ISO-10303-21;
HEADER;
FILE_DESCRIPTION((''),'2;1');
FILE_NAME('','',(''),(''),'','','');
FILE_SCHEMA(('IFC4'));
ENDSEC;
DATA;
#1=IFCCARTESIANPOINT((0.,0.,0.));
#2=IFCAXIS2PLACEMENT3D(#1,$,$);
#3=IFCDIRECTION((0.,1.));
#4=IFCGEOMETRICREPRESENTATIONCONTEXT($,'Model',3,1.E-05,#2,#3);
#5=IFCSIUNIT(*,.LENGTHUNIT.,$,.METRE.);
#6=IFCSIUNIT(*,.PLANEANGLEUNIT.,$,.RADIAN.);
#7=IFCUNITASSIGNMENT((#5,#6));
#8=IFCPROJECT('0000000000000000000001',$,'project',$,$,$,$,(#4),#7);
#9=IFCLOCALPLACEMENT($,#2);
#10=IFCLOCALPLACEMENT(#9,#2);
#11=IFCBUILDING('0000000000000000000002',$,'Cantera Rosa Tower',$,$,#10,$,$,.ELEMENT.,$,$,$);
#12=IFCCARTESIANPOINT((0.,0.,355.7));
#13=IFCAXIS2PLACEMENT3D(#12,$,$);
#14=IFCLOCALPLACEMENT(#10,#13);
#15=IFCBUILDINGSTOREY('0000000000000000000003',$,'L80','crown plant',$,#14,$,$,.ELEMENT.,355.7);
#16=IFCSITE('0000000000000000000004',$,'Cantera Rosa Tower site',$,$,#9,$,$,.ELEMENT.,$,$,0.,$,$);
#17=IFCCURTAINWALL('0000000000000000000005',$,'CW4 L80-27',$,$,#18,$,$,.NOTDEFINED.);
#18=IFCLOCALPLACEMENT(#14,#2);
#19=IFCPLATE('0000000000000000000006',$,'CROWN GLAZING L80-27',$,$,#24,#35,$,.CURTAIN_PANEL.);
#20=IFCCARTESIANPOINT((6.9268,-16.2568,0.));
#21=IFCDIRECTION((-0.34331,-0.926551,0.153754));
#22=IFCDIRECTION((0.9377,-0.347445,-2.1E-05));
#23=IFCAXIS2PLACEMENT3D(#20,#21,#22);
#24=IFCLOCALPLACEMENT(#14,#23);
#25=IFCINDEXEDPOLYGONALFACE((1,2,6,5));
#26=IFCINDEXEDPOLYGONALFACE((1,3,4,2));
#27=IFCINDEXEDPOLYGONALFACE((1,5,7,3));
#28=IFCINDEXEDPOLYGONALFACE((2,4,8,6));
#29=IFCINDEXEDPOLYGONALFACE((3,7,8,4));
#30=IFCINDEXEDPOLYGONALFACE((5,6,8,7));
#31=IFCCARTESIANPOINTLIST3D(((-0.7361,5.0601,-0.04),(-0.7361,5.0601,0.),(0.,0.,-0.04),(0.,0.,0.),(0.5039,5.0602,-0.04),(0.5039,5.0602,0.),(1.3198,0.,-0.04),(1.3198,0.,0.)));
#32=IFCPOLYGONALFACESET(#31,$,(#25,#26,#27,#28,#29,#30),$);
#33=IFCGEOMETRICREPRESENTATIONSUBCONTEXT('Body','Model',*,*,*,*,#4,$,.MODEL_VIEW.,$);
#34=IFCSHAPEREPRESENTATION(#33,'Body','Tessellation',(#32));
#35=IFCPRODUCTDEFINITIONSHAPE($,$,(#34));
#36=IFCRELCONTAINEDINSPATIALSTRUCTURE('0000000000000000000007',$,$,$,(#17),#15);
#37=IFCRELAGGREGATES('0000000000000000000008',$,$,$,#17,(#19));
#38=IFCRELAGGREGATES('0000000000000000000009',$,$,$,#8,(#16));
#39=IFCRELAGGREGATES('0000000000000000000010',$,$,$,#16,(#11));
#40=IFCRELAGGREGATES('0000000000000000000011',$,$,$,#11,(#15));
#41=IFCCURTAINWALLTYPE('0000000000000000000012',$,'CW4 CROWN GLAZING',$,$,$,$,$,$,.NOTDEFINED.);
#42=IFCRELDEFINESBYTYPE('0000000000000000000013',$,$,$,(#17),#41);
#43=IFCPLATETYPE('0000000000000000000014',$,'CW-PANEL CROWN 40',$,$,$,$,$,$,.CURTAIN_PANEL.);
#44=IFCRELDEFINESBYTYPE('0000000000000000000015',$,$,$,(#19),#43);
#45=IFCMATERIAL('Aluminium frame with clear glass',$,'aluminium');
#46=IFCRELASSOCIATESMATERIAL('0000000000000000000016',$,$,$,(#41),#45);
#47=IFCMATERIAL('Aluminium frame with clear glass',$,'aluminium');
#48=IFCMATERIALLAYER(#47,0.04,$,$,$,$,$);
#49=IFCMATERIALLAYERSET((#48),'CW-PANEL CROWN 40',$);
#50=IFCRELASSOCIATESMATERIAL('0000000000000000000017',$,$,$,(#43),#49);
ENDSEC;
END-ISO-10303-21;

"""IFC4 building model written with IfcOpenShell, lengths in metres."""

from ifc_helpers import new_model, si_unit, direction, frame, origin, place, context, subcontext, project, spatial, polyline, outline, extrude, material, layer, layer_set, type_object, element, aggregate, save


model = new_model("IFC4")

# Units and contexts
model_context = context("Model", 3, precision=1e-05, world=origin(), true_north=direction((0.0, 1.0)))
body_context = subcontext(model_context, "Body", "Model", "MODEL_VIEW")
ifc_project = project(units=[si_unit("LENGTHUNIT", "METRE"), si_unit("PLANEANGLEUNIT", "RADIAN")], contexts=[model_context])

# Site, building, storey
site_placement = place(None, origin())
site = spatial("IfcSite", under=ifc_project, at=site_placement, Name="Cantera Rosa Tower site", CompositionType="ELEMENT", RefElevation=0.0)
building_placement = place(site_placement, origin())
building = spatial("IfcBuilding", under=site, at=building_placement, Name="Cantera Rosa Tower", CompositionType="ELEMENT")
storey_placement = place(building_placement, frame((0.0, 0.0, 355.7)))
storey = spatial("IfcBuildingStorey", under=building, at=storey_placement, Name="L80", Description="crown plant", CompositionType="ELEMENT", Elevation=355.7)

# Curtain wall
ifc_material_1 = material(Name="Aluminium frame with clear glass", Category="aluminium")
curtain_wall_type = type_object("IfcCurtainWallType", Name="CW4 CROWN GLAZING", PredefinedType="NOTDEFINED", material=ifc_material_1)
curtain_wall_1_placement = place(storey_placement, origin())
curtain_wall_1 = element("IfcCurtainWall", 1, at=curtain_wall_1_placement, inside=storey, type_object=curtain_wall_type, Name="CW4 L80-27", PredefinedType="NOTDEFINED")

# Plate
ifc_material_2 = material(Name="Aluminium frame with clear glass", Category="aluminium")
ifc_layer_1 = layer(ifc_material_2, 0.04)
ifc_layer_set_1 = layer_set([ifc_layer_1], Name="CW-PANEL CROWN 40")
plate_type = type_object("IfcPlateType", Name="CW-PANEL CROWN 40", PredefinedType="CURTAIN_PANEL", material=ifc_layer_set_1)
plate_1_placement = place(storey_placement, frame((6.9268, -16.2568, 0.0), z_axis=(-0.34331, -0.926551, 0.153754), x_axis=(0.9377, -0.347445, -0.000021)))
plate_1 = element("IfcPlate", 2, at=plate_1_placement, type_object=plate_type, Name="CROWN GLAZING L80-27", PredefinedType="CURTAIN_PANEL", context=body_context, shape_type="SweptSolid", body=[
    extrude(outline(polyline([(0.0, 0.0), (1.3198, 0.0), (0.5039, 5.0602), (-0.7361, 5.0601), (0.0, 0.0)])), origin(), (0.0, 0.0, -1.0), 0.04),
])

aggregate(curtain_wall_1, [plate_1])

save(model, "model.ifc")
